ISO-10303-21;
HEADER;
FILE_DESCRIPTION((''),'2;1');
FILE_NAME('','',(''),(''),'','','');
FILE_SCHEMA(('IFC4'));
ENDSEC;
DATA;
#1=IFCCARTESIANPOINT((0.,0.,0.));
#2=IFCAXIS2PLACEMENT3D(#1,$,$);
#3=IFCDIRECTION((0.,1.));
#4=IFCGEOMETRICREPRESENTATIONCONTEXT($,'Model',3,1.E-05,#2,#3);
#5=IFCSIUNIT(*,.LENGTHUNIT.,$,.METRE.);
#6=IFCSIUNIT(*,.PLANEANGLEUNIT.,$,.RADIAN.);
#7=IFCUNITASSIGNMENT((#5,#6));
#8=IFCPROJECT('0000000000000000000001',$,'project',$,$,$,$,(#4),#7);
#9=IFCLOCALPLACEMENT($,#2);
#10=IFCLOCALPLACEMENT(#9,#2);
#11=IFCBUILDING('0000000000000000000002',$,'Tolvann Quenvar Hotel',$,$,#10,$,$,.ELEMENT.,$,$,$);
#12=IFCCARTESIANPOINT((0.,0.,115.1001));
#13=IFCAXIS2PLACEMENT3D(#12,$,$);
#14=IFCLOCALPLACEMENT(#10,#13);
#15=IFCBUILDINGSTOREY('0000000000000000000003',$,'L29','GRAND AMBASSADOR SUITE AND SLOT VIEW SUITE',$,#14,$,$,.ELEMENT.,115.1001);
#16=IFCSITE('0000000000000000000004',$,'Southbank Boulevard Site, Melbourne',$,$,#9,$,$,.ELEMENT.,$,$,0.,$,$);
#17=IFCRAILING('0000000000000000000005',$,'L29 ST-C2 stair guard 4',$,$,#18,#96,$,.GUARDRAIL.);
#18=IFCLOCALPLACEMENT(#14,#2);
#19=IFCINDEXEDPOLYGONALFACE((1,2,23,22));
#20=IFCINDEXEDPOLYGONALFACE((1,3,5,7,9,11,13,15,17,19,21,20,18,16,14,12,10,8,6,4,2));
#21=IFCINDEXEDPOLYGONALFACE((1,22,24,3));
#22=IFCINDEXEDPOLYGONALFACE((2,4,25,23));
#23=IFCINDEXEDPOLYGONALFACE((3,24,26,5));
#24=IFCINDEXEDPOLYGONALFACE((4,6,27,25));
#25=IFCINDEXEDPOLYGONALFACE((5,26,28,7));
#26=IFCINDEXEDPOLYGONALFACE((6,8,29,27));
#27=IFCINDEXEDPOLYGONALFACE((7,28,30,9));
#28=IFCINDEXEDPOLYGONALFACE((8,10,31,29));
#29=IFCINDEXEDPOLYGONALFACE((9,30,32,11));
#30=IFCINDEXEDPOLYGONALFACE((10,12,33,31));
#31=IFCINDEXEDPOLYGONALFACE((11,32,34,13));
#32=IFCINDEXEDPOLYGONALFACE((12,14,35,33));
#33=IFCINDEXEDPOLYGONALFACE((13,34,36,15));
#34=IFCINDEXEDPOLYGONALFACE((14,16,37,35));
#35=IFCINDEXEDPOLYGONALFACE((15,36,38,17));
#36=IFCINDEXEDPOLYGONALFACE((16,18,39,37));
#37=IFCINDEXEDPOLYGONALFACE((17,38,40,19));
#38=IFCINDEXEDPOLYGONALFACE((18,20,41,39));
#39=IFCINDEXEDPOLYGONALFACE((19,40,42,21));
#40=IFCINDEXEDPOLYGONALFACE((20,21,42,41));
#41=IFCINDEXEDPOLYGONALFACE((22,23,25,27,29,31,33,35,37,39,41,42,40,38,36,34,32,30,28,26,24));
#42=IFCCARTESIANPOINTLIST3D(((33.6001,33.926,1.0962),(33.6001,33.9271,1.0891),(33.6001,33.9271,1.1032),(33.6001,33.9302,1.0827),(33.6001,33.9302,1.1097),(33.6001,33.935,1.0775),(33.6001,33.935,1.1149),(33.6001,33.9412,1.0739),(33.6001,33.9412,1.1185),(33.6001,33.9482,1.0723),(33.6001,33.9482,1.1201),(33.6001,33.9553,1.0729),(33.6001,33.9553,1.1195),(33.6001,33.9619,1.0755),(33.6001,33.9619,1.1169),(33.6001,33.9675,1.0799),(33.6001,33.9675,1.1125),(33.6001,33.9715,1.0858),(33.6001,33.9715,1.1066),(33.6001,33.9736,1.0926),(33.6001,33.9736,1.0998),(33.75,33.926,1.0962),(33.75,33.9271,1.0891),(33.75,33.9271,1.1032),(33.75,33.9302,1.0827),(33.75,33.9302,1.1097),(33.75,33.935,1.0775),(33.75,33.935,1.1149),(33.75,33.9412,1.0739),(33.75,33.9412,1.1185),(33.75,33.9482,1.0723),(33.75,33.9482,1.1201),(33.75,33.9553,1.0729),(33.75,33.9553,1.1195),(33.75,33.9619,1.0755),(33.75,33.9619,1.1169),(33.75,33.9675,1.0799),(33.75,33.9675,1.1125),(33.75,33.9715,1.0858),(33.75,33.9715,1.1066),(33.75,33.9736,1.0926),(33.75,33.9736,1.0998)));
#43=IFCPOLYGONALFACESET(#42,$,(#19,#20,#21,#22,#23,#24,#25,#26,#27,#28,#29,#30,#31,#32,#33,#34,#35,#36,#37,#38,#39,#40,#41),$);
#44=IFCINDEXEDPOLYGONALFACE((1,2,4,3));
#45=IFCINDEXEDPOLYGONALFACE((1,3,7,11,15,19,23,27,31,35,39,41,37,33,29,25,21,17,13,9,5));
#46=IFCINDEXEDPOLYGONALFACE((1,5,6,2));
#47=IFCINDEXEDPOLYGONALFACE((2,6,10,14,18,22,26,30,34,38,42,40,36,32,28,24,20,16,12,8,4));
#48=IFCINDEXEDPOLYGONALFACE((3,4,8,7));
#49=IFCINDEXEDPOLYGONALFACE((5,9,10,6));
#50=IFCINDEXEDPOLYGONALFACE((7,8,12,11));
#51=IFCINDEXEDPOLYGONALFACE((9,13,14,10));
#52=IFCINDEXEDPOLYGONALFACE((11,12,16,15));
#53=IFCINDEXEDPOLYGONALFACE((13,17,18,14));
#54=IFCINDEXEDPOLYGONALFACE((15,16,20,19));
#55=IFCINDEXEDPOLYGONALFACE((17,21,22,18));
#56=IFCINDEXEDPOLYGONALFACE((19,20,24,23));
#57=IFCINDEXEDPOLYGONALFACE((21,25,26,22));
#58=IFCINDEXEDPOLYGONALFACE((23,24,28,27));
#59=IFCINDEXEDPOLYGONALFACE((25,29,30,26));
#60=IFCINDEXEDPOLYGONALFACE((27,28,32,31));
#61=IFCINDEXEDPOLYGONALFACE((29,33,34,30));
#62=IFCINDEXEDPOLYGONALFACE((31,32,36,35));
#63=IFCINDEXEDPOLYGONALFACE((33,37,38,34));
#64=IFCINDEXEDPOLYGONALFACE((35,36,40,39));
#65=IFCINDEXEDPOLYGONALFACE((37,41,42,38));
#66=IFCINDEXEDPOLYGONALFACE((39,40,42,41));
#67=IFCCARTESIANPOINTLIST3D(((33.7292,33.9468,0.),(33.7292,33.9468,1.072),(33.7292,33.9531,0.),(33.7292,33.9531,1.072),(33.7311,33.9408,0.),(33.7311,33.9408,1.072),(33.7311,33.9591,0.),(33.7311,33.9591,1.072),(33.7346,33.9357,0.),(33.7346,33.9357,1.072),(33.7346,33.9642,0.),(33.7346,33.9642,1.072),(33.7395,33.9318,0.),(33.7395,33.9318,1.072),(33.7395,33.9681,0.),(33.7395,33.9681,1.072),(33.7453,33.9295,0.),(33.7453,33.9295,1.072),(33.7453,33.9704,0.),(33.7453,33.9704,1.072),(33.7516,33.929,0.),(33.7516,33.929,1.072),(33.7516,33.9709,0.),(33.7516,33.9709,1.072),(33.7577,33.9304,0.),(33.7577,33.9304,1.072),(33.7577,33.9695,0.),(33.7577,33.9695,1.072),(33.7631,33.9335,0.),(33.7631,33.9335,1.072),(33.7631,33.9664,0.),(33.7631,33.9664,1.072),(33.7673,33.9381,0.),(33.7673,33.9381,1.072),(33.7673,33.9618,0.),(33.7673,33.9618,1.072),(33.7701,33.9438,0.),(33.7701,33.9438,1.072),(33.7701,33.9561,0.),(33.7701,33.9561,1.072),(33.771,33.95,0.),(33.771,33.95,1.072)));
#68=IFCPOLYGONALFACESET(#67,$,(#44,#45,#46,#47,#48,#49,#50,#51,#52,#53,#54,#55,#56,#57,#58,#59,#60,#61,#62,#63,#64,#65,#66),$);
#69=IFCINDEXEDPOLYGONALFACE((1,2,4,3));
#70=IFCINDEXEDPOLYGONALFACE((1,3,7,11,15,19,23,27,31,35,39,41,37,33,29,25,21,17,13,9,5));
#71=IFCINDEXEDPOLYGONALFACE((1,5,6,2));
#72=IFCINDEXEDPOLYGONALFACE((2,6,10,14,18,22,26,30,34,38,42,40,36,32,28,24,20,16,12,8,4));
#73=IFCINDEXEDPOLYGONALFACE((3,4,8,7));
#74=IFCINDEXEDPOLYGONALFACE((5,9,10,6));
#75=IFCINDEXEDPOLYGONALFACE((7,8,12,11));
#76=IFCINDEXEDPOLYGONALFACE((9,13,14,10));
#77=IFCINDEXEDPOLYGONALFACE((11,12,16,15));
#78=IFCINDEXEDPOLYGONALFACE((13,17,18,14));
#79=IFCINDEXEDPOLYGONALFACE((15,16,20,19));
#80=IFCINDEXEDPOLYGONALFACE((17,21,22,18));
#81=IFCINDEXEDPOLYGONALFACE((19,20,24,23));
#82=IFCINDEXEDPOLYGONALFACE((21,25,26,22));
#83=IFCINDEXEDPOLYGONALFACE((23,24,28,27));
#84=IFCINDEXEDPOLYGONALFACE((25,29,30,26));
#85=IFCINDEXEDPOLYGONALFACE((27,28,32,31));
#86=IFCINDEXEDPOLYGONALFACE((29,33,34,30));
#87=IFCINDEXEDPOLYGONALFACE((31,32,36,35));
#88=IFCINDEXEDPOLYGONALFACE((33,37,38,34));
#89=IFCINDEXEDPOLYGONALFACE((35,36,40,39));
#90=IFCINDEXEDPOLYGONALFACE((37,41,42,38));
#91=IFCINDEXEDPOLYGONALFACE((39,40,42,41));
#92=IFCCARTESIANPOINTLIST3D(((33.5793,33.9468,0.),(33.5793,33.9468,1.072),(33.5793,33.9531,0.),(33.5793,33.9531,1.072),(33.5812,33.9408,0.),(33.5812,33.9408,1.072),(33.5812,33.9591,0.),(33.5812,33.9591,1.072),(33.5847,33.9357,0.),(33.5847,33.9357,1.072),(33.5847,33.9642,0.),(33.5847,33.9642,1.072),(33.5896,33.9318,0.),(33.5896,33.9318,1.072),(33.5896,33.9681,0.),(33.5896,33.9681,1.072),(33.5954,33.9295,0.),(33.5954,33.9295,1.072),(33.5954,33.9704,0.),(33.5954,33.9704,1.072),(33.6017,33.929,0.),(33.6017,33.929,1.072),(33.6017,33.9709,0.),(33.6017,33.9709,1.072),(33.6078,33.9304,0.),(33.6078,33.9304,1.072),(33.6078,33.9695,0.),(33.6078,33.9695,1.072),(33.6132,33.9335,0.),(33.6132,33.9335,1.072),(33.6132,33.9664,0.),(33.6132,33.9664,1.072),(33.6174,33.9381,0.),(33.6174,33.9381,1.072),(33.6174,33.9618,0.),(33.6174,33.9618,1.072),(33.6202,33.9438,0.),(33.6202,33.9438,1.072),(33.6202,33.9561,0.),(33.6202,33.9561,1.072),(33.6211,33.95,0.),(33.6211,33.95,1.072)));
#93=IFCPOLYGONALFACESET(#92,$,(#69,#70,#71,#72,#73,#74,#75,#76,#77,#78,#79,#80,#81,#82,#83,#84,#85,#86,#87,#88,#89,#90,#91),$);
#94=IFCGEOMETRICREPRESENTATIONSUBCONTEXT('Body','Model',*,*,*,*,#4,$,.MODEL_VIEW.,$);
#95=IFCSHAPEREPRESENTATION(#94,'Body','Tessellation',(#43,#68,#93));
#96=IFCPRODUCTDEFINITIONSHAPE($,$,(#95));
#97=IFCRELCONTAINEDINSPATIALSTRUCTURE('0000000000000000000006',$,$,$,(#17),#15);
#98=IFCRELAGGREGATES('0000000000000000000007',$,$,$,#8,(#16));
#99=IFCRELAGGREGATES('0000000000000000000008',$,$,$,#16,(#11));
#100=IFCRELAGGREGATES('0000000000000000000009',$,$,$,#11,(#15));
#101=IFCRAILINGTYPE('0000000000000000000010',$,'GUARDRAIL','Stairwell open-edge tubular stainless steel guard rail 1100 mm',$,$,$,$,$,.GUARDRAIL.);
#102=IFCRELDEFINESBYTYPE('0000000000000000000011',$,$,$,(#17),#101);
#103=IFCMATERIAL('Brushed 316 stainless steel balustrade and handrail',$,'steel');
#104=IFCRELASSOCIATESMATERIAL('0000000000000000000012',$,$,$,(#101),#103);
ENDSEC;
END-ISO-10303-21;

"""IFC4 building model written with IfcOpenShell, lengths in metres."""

from ifc_helpers import new_model, si_unit, direction, frame, origin, origin_2d, place, context, subcontext, project, spatial, circle, extrude, material, type_object, element, save


model = new_model("IFC4")

# Units and contexts
model_context = context("Model", 3, precision=1e-05, world=origin(), true_north=direction((0.0, 1.0)))
body_context = subcontext(model_context, "Body", "Model", "MODEL_VIEW")
ifc_project = project(units=[si_unit("LENGTHUNIT", "METRE"), si_unit("PLANEANGLEUNIT", "RADIAN")], contexts=[model_context])

# Site, building, storey
site_placement = place(None, origin())
site = spatial("IfcSite", under=ifc_project, at=site_placement, Name="Southbank Boulevard Site, Melbourne", CompositionType="ELEMENT", RefElevation=0.0)
building_placement = place(site_placement, origin())
building = spatial("IfcBuilding", under=site, at=building_placement, Name="Tolvann Quenvar Hotel", CompositionType="ELEMENT")
storey_placement = place(building_placement, frame((0.0, 0.0, 115.1001)))
storey = spatial("IfcBuildingStorey", under=building, at=storey_placement, Name="L29", Description="GRAND AMBASSADOR SUITE AND SLOT VIEW SUITE", CompositionType="ELEMENT", Elevation=115.1001)

# Railing
ifc_material_1 = material(Name="Brushed 316 stainless steel balustrade and handrail", Category="steel")
railing_type_1 = type_object("IfcRailingType", Name="GUARDRAIL", Description="Stairwell open-edge tubular stainless steel guard rail 1100 mm", PredefinedType="GUARDRAIL", material=ifc_material_1)
railing_1_placement = place(storey_placement, frame((33.75, 33.95, 0.0)))
element("IfcRailing", 1, at=railing_1_placement, inside=storey, type_object=railing_type_1, Name="L29 ST-C2 stair guard 4", PredefinedType="GUARDRAIL", context=body_context, shape_type="SweptSolid", body=[
    extrude(circle(Radius=0.0239, at=origin_2d()), frame((0.0, 0.0, 1.0962), z_axis=(-1.0, 0.0, 0.0), x_axis=(0.0, -1.0, 0.0)), (0.0, 0.0, 1.0), 0.1499),
    extrude(circle(Radius=0.021, at=origin_2d()), origin(), (0.0, 0.0, 1.0), 1.072),
    extrude(circle(Radius=0.021, at=origin_2d()), frame((-0.1499, 0.0, 0.0)), (0.0, 0.0, 1.0), 1.072),
])

save(model, "model.ifc")
